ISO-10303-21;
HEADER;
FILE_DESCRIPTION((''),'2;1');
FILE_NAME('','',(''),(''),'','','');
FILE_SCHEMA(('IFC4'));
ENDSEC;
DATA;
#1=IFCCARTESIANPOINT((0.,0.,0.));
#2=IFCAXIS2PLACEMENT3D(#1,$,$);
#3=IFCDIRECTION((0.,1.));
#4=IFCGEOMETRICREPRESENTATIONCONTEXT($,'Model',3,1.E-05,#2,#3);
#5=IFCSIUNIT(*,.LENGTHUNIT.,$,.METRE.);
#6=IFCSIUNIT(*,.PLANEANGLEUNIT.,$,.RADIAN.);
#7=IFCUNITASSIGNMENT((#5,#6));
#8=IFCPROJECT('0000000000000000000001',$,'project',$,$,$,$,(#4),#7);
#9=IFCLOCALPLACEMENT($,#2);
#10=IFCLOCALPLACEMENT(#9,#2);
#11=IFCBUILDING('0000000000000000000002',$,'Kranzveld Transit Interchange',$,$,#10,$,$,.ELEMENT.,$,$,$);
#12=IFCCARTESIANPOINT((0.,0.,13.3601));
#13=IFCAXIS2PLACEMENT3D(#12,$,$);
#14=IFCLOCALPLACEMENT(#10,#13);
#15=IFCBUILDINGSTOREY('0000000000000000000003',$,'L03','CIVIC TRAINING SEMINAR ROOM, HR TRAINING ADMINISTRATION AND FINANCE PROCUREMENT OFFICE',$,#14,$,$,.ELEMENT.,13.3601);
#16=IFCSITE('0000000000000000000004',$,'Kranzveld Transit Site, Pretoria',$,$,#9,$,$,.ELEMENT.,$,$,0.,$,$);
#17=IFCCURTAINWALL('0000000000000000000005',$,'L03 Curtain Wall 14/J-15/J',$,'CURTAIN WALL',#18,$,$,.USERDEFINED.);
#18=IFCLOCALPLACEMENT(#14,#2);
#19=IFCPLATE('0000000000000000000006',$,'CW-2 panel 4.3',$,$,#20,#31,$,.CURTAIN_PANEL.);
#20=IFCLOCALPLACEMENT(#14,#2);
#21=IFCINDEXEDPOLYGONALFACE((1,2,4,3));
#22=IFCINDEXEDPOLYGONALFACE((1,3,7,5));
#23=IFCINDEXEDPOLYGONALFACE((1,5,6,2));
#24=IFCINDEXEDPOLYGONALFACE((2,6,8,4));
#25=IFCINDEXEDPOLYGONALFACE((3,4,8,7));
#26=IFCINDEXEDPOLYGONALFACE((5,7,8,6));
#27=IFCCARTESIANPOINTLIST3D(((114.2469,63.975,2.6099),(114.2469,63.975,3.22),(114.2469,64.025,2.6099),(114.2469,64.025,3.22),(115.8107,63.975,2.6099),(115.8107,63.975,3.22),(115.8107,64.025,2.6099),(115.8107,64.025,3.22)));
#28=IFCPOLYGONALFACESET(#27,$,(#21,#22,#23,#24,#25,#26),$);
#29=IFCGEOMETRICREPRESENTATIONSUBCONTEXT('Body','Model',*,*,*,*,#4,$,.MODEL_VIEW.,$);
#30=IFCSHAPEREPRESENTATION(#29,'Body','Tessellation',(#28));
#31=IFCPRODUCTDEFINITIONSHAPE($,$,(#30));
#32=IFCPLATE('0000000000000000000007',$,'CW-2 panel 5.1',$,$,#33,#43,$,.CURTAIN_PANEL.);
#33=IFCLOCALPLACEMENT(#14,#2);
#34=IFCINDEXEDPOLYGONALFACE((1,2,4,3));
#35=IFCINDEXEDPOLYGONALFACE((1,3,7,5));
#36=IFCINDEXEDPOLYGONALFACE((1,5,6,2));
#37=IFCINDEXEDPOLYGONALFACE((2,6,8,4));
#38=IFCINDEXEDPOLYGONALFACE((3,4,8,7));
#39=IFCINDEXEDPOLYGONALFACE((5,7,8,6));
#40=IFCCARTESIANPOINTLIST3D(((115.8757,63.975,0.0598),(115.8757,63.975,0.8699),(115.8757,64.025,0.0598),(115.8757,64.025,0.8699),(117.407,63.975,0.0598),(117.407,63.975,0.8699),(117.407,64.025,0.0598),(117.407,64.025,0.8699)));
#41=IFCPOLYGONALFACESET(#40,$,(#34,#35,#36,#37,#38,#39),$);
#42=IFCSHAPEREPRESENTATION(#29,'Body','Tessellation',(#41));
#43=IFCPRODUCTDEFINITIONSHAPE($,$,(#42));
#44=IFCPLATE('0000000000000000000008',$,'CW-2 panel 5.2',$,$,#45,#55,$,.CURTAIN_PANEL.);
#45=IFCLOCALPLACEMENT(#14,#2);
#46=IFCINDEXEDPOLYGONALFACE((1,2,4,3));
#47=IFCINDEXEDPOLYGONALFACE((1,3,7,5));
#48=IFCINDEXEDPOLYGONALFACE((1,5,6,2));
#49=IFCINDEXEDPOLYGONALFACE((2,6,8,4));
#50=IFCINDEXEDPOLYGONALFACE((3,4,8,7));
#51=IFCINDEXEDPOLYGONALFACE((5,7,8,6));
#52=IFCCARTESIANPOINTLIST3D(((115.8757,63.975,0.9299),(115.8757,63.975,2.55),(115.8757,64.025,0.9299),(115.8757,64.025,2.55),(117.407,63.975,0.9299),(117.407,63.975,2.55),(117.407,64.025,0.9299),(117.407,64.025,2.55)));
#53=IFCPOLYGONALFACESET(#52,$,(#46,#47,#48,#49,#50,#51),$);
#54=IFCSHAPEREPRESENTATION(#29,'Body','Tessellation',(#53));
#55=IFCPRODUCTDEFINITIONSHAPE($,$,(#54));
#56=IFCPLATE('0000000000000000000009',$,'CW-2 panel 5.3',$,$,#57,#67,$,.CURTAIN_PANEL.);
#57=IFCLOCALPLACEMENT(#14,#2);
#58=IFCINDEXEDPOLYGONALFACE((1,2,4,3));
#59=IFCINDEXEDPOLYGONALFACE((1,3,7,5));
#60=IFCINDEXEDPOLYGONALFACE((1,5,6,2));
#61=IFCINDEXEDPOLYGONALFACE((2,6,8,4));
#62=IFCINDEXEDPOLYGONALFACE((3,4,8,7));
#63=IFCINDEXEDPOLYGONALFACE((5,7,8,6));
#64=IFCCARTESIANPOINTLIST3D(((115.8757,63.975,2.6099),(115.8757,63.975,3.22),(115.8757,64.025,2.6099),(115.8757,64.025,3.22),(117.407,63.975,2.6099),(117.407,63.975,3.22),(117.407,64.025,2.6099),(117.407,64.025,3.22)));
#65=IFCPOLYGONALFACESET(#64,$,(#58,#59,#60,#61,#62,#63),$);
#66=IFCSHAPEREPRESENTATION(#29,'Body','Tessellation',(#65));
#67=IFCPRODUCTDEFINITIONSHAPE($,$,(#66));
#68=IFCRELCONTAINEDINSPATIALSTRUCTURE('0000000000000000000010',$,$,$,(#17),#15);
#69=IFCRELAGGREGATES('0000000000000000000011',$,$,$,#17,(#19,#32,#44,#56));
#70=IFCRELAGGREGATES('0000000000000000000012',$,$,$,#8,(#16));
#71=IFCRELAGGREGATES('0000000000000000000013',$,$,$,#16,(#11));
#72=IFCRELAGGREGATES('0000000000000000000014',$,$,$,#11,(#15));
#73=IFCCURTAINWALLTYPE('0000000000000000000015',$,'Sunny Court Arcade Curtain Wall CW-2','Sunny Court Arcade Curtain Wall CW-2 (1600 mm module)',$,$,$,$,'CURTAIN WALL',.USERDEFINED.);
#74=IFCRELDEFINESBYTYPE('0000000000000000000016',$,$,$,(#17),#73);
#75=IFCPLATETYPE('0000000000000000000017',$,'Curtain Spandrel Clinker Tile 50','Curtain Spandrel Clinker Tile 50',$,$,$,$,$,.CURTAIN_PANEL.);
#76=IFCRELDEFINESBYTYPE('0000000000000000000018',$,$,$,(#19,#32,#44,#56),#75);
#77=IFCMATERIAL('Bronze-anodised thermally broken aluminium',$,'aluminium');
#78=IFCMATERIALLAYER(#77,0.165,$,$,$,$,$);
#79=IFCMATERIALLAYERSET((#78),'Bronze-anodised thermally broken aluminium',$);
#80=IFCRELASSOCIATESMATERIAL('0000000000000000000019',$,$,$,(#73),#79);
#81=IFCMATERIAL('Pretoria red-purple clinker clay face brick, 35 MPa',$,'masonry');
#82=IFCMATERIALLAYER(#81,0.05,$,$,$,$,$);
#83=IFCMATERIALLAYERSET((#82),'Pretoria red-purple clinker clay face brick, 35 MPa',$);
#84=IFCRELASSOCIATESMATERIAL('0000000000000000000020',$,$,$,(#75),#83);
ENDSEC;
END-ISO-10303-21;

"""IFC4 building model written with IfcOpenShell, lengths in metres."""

from ifc_helpers import new_model, si_unit, direction, frame, origin, origin_2d, place, context, subcontext, project, spatial, rectangle, extrude, material, layer, layer_set, type_object, element, aggregate, save


model = new_model("IFC4")

# Units and contexts
model_context = context("Model", 3, precision=1e-05, world=origin(), true_north=direction((0.0, 1.0)))
body_context = subcontext(model_context, "Body", "Model", "MODEL_VIEW")
ifc_project = project(units=[si_unit("LENGTHUNIT", "METRE"), si_unit("PLANEANGLEUNIT", "RADIAN")], contexts=[model_context])

# Site, building, storey
site_placement = place(None, origin())
site = spatial("IfcSite", under=ifc_project, at=site_placement, Name="Kranzveld Transit Site, Pretoria", CompositionType="ELEMENT", RefElevation=0.0)
building_placement = place(site_placement, origin())
building = spatial("IfcBuilding", under=site, at=building_placement, Name="Kranzveld Transit Interchange", CompositionType="ELEMENT")
storey_placement = place(building_placement, frame((0.0, 0.0, 13.3601)))
storey = spatial("IfcBuildingStorey", under=building, at=storey_placement, Name="L03", Description="CIVIC TRAINING SEMINAR ROOM, HR TRAINING ADMINISTRATION AND FINANCE PROCUREMENT OFFICE", CompositionType="ELEMENT", Elevation=13.3601)

# Curtain wall
ifc_material_1 = material(Name="Bronze-anodised thermally broken aluminium", Category="aluminium")
ifc_layer_1 = layer(ifc_material_1, 0.165)
ifc_layer_set_1 = layer_set([ifc_layer_1], Name="Bronze-anodised thermally broken aluminium")
curtain_wall_type_1 = type_object("IfcCurtainWallType", Name="Sunny Court Arcade Curtain Wall CW-2", Description="Sunny Court Arcade Curtain Wall CW-2 (1600 mm module)", ElementType="CURTAIN WALL", PredefinedType="USERDEFINED", material=ifc_layer_set_1)
curtain_wall_1_placement = place(storey_placement, origin())
curtain_wall_1 = element("IfcCurtainWall", 1, at=curtain_wall_1_placement, inside=storey, type_object=curtain_wall_type_1, Name="L03 Curtain Wall 14/J-15/J", ObjectType="CURTAIN WALL", PredefinedType="USERDEFINED")

# Plates
ifc_material_2 = material(Name="Pretoria red-purple clinker clay face brick, 35 MPa", Category="masonry")
ifc_layer_2 = layer(ifc_material_2, 0.05)
ifc_layer_set_2 = layer_set([ifc_layer_2], Name="Pretoria red-purple clinker clay face brick, 35 MPa")
plate_type_1 = type_object("IfcPlateType", Name="Curtain Spandrel Clinker Tile 50", Description="Curtain Spandrel Clinker Tile 50", PredefinedType="CURTAIN_PANEL", material=ifc_layer_set_2)
plate_1_placement = place(storey_placement, frame((115.0288, 64.0, 2.6099), z_axis=(0.0, 0.0, 1.0), x_axis=(1.0, 0.0, 0.0)))
plate_1 = element("IfcPlate", 2, at=plate_1_placement, type_object=plate_type_1, Name="CW-2 panel 4.3", PredefinedType="CURTAIN_PANEL", context=body_context, shape_type="SweptSolid", body=[
    extrude(rectangle(XDim=1.5637, YDim=0.05, at=origin_2d()), origin(), (0.0, 0.0, 1.0), 0.6101),
])
plate_2_placement = place(storey_placement, frame((116.6414, 64.0, 0.0598), z_axis=(0.0, 0.0, 1.0), x_axis=(1.0, 0.0, 0.0)))
plate_2 = element("IfcPlate", 3, at=plate_2_placement, type_object=plate_type_1, Name="CW-2 panel 5.1", PredefinedType="CURTAIN_PANEL", context=body_context, shape_type="SweptSolid", body=[
    extrude(rectangle(XDim=1.5312, YDim=0.05, at=origin_2d()), origin(), (0.0, 0.0, 1.0), 0.8101),
])
plate_3_placement = place(storey_placement, frame((116.6414, 64.0, 0.9299), z_axis=(0.0, 0.0, 1.0), x_axis=(1.0, 0.0, 0.0)))
plate_3 = element("IfcPlate", 4, at=plate_3_placement, type_object=plate_type_1, Name="CW-2 panel 5.2", PredefinedType="CURTAIN_PANEL", context=body_context, shape_type="SweptSolid", body=[
    extrude(rectangle(XDim=1.5312, YDim=0.05, at=origin_2d()), origin(), (0.0, 0.0, 1.0), 1.6201),
])
plate_4_placement = place(storey_placement, frame((116.6414, 64.0, 2.6099), z_axis=(0.0, 0.0, 1.0), x_axis=(1.0, 0.0, 0.0)))
plate_4 = element("IfcPlate", 5, at=plate_4_placement, type_object=plate_type_1, Name="CW-2 panel 5.3", PredefinedType="CURTAIN_PANEL", context=body_context, shape_type="SweptSolid", body=[
    extrude(rectangle(XDim=1.5312, YDim=0.05, at=origin_2d()), origin(), (0.0, 0.0, 1.0), 0.6101),
])
aggregate(curtain_wall_1, [plate_1, plate_2, plate_3, plate_4])

save(model, "model.ifc")
